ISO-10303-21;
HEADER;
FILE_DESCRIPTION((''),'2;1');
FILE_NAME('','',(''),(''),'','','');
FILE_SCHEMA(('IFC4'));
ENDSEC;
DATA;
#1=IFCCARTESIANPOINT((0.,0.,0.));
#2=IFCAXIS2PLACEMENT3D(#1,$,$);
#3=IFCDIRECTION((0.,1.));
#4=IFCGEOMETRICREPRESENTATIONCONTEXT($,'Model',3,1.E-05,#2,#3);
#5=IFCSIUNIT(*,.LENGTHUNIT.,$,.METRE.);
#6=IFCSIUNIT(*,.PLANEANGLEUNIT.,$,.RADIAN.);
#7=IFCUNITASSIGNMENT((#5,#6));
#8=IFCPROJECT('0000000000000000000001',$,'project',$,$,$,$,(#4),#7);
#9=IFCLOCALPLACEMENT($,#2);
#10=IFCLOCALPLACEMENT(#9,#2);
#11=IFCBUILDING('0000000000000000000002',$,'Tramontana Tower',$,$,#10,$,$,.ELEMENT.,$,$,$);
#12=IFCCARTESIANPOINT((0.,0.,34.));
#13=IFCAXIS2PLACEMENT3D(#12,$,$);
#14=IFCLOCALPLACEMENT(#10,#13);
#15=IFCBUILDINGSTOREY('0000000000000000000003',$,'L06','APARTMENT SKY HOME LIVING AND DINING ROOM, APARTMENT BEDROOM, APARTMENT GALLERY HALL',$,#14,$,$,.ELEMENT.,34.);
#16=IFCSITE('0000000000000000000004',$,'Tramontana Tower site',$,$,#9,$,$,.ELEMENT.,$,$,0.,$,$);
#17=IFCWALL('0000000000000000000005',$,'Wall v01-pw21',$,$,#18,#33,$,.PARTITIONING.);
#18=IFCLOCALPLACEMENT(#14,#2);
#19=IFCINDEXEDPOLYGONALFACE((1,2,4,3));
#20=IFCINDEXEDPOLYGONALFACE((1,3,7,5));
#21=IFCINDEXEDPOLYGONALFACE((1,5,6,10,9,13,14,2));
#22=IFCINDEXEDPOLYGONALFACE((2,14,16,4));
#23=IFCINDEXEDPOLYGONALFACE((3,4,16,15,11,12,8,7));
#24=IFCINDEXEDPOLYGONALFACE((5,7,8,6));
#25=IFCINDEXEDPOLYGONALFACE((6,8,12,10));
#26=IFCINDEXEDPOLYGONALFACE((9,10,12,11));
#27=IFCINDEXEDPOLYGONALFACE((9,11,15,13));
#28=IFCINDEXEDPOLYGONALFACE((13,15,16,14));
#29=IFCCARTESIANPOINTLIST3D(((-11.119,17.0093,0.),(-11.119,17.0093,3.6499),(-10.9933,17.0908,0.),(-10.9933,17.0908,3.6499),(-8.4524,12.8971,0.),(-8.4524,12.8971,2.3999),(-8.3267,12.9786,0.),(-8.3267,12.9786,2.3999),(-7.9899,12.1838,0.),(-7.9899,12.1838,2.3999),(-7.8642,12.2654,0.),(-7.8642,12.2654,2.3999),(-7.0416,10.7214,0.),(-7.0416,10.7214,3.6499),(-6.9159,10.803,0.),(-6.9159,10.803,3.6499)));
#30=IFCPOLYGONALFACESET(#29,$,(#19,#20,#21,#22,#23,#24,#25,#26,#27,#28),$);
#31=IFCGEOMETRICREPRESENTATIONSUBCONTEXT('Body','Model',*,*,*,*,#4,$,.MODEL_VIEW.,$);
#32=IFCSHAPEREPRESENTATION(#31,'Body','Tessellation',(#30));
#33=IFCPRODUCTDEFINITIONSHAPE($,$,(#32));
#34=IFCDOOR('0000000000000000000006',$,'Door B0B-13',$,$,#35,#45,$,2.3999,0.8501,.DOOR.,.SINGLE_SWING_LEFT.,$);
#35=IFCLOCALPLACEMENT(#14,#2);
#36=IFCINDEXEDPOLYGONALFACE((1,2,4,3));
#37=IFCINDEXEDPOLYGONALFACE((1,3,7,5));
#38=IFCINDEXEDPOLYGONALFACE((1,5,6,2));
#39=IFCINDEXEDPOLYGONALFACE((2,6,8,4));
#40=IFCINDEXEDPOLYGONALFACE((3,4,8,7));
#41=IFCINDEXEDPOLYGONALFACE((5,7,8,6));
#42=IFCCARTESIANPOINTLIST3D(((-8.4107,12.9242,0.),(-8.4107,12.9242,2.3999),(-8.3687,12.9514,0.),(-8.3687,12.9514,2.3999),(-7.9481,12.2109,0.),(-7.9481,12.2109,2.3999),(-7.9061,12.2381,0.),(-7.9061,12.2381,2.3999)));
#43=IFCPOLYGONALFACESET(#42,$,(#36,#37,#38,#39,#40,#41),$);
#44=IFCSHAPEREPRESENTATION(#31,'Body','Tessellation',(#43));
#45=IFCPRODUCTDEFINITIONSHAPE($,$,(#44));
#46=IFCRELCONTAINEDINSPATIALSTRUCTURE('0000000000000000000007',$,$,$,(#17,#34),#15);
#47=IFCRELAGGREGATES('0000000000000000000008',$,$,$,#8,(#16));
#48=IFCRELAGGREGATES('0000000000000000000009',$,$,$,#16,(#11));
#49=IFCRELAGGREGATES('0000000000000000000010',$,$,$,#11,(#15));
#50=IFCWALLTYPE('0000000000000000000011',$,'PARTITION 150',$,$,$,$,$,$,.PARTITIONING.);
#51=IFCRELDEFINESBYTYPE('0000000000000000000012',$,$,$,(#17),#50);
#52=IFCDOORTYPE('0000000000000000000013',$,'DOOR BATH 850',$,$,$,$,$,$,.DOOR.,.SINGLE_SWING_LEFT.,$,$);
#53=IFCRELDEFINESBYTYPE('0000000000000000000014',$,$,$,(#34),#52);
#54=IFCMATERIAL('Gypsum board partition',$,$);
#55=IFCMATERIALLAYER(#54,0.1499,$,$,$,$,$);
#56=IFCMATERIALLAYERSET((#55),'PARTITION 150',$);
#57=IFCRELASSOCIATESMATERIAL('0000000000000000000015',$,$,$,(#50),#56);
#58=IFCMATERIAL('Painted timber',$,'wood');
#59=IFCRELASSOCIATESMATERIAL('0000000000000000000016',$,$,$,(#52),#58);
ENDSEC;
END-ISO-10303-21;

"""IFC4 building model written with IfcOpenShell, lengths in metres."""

from ifc_helpers import new_model, si_unit, direction, frame, frame_2d, origin, place, context, subcontext, project, spatial, rectangle, extrude, material, layer, layer_set, type_object, element, fill, save


model = new_model("IFC4")

# Units and contexts
model_context = context("Model", 3, precision=1e-05, world=origin(), true_north=direction((0.0, 1.0)))
body_context = subcontext(model_context, "Body", "Model", "MODEL_VIEW")
ifc_project = project(units=[si_unit("LENGTHUNIT", "METRE"), si_unit("PLANEANGLEUNIT", "RADIAN")], contexts=[model_context])

# Site, building, storey
site_placement = place(None, origin())
site = spatial("IfcSite", under=ifc_project, at=site_placement, Name="Tramontana Tower site", CompositionType="ELEMENT", RefElevation=0.0)
building_placement = place(site_placement, origin())
building = spatial("IfcBuilding", under=site, at=building_placement, Name="Tramontana Tower", CompositionType="ELEMENT")
storey_placement = place(building_placement, frame((0.0, 0.0, 34.0)))
storey = spatial("IfcBuildingStorey", under=building, at=storey_placement, Name="L06", Description="APARTMENT SKY HOME LIVING AND DINING ROOM, APARTMENT BEDROOM, APARTMENT GALLERY HALL", CompositionType="ELEMENT", Elevation=34.0)

# Shared definitions
ifc_material_1 = material(Name="Gypsum board partition")
ifc_layer_1 = layer(ifc_material_1, 0.1499)
ifc_layer_set_1 = layer_set([ifc_layer_1], Name="PARTITION 150")
wall_type_1 = type_object("IfcWallType", Name="PARTITION 150", PredefinedType="PARTITIONING", material=ifc_layer_set_1)

# Wall, opening, door
ifc_material_2 = material(Name="Painted timber", Category="wood")
door_type_1 = type_object("IfcDoorType", Name="DOOR BATH 850", OperationType="SINGLE_SWING_LEFT", PredefinedType="DOOR", material=ifc_material_2)
wall_1_placement = place(storey_placement, frame((-11.0562, 17.05, 0.0), z_axis=(0.0, 0.0, 1.0), x_axis=(0.544078, -0.839035, 0.0)))
wall_1 = element("IfcWall", 1, at=wall_1_placement, inside=storey, type_object=wall_type_1, Name="Wall v01-pw21", PredefinedType="PARTITIONING", context=body_context, shape_type="SweptSolid", body=[
    extrude(rectangle(XDim=7.4941, YDim=0.1499, at=frame_2d((3.7471, 0.0))), origin(), (0.0, 0.0, 1.0), 3.6499),
])
opening_1_placement = place(wall_1_placement, frame((4.9011, 0.0, 0.0)))
opening_1 = element("IfcOpeningElement", 2, at=opening_1_placement, cuts=wall_1, PredefinedType="OPENING", context=body_context, shape_type="SweptSolid", body=[
    extrude(rectangle(XDim=0.8501, YDim=2.3999, at=frame_2d((0.425, 1.2))), frame((0.0, 0.085, 0.0), z_axis=(0.0, -1.0, 0.0), x_axis=(1.0, 0.0, 0.0)), (0.0, 0.0, 1.0), 0.1699),
])
door_1_placement = place(opening_1_placement, origin())
door_1 = element("IfcDoor", 3, at=door_1_placement, inside=storey, type_object=door_type_1, Name="Door B0B-13", OperationType="SINGLE_SWING_LEFT", OverallHeight=2.3999, OverallWidth=0.8501, PredefinedType="DOOR", context=body_context, shape_type="SweptSolid", body=[
    extrude(rectangle(XDim=0.8501, YDim=2.3999, at=frame_2d((0.425, 1.2))), frame((0.0, 0.0249, 0.0), z_axis=(0.0, -1.0, 0.0), x_axis=(1.0, 0.0, 0.0)), (0.0, 0.0, 1.0), 0.05),
])
fill(opening_1, door_1)

save(model, "model.ifc")
